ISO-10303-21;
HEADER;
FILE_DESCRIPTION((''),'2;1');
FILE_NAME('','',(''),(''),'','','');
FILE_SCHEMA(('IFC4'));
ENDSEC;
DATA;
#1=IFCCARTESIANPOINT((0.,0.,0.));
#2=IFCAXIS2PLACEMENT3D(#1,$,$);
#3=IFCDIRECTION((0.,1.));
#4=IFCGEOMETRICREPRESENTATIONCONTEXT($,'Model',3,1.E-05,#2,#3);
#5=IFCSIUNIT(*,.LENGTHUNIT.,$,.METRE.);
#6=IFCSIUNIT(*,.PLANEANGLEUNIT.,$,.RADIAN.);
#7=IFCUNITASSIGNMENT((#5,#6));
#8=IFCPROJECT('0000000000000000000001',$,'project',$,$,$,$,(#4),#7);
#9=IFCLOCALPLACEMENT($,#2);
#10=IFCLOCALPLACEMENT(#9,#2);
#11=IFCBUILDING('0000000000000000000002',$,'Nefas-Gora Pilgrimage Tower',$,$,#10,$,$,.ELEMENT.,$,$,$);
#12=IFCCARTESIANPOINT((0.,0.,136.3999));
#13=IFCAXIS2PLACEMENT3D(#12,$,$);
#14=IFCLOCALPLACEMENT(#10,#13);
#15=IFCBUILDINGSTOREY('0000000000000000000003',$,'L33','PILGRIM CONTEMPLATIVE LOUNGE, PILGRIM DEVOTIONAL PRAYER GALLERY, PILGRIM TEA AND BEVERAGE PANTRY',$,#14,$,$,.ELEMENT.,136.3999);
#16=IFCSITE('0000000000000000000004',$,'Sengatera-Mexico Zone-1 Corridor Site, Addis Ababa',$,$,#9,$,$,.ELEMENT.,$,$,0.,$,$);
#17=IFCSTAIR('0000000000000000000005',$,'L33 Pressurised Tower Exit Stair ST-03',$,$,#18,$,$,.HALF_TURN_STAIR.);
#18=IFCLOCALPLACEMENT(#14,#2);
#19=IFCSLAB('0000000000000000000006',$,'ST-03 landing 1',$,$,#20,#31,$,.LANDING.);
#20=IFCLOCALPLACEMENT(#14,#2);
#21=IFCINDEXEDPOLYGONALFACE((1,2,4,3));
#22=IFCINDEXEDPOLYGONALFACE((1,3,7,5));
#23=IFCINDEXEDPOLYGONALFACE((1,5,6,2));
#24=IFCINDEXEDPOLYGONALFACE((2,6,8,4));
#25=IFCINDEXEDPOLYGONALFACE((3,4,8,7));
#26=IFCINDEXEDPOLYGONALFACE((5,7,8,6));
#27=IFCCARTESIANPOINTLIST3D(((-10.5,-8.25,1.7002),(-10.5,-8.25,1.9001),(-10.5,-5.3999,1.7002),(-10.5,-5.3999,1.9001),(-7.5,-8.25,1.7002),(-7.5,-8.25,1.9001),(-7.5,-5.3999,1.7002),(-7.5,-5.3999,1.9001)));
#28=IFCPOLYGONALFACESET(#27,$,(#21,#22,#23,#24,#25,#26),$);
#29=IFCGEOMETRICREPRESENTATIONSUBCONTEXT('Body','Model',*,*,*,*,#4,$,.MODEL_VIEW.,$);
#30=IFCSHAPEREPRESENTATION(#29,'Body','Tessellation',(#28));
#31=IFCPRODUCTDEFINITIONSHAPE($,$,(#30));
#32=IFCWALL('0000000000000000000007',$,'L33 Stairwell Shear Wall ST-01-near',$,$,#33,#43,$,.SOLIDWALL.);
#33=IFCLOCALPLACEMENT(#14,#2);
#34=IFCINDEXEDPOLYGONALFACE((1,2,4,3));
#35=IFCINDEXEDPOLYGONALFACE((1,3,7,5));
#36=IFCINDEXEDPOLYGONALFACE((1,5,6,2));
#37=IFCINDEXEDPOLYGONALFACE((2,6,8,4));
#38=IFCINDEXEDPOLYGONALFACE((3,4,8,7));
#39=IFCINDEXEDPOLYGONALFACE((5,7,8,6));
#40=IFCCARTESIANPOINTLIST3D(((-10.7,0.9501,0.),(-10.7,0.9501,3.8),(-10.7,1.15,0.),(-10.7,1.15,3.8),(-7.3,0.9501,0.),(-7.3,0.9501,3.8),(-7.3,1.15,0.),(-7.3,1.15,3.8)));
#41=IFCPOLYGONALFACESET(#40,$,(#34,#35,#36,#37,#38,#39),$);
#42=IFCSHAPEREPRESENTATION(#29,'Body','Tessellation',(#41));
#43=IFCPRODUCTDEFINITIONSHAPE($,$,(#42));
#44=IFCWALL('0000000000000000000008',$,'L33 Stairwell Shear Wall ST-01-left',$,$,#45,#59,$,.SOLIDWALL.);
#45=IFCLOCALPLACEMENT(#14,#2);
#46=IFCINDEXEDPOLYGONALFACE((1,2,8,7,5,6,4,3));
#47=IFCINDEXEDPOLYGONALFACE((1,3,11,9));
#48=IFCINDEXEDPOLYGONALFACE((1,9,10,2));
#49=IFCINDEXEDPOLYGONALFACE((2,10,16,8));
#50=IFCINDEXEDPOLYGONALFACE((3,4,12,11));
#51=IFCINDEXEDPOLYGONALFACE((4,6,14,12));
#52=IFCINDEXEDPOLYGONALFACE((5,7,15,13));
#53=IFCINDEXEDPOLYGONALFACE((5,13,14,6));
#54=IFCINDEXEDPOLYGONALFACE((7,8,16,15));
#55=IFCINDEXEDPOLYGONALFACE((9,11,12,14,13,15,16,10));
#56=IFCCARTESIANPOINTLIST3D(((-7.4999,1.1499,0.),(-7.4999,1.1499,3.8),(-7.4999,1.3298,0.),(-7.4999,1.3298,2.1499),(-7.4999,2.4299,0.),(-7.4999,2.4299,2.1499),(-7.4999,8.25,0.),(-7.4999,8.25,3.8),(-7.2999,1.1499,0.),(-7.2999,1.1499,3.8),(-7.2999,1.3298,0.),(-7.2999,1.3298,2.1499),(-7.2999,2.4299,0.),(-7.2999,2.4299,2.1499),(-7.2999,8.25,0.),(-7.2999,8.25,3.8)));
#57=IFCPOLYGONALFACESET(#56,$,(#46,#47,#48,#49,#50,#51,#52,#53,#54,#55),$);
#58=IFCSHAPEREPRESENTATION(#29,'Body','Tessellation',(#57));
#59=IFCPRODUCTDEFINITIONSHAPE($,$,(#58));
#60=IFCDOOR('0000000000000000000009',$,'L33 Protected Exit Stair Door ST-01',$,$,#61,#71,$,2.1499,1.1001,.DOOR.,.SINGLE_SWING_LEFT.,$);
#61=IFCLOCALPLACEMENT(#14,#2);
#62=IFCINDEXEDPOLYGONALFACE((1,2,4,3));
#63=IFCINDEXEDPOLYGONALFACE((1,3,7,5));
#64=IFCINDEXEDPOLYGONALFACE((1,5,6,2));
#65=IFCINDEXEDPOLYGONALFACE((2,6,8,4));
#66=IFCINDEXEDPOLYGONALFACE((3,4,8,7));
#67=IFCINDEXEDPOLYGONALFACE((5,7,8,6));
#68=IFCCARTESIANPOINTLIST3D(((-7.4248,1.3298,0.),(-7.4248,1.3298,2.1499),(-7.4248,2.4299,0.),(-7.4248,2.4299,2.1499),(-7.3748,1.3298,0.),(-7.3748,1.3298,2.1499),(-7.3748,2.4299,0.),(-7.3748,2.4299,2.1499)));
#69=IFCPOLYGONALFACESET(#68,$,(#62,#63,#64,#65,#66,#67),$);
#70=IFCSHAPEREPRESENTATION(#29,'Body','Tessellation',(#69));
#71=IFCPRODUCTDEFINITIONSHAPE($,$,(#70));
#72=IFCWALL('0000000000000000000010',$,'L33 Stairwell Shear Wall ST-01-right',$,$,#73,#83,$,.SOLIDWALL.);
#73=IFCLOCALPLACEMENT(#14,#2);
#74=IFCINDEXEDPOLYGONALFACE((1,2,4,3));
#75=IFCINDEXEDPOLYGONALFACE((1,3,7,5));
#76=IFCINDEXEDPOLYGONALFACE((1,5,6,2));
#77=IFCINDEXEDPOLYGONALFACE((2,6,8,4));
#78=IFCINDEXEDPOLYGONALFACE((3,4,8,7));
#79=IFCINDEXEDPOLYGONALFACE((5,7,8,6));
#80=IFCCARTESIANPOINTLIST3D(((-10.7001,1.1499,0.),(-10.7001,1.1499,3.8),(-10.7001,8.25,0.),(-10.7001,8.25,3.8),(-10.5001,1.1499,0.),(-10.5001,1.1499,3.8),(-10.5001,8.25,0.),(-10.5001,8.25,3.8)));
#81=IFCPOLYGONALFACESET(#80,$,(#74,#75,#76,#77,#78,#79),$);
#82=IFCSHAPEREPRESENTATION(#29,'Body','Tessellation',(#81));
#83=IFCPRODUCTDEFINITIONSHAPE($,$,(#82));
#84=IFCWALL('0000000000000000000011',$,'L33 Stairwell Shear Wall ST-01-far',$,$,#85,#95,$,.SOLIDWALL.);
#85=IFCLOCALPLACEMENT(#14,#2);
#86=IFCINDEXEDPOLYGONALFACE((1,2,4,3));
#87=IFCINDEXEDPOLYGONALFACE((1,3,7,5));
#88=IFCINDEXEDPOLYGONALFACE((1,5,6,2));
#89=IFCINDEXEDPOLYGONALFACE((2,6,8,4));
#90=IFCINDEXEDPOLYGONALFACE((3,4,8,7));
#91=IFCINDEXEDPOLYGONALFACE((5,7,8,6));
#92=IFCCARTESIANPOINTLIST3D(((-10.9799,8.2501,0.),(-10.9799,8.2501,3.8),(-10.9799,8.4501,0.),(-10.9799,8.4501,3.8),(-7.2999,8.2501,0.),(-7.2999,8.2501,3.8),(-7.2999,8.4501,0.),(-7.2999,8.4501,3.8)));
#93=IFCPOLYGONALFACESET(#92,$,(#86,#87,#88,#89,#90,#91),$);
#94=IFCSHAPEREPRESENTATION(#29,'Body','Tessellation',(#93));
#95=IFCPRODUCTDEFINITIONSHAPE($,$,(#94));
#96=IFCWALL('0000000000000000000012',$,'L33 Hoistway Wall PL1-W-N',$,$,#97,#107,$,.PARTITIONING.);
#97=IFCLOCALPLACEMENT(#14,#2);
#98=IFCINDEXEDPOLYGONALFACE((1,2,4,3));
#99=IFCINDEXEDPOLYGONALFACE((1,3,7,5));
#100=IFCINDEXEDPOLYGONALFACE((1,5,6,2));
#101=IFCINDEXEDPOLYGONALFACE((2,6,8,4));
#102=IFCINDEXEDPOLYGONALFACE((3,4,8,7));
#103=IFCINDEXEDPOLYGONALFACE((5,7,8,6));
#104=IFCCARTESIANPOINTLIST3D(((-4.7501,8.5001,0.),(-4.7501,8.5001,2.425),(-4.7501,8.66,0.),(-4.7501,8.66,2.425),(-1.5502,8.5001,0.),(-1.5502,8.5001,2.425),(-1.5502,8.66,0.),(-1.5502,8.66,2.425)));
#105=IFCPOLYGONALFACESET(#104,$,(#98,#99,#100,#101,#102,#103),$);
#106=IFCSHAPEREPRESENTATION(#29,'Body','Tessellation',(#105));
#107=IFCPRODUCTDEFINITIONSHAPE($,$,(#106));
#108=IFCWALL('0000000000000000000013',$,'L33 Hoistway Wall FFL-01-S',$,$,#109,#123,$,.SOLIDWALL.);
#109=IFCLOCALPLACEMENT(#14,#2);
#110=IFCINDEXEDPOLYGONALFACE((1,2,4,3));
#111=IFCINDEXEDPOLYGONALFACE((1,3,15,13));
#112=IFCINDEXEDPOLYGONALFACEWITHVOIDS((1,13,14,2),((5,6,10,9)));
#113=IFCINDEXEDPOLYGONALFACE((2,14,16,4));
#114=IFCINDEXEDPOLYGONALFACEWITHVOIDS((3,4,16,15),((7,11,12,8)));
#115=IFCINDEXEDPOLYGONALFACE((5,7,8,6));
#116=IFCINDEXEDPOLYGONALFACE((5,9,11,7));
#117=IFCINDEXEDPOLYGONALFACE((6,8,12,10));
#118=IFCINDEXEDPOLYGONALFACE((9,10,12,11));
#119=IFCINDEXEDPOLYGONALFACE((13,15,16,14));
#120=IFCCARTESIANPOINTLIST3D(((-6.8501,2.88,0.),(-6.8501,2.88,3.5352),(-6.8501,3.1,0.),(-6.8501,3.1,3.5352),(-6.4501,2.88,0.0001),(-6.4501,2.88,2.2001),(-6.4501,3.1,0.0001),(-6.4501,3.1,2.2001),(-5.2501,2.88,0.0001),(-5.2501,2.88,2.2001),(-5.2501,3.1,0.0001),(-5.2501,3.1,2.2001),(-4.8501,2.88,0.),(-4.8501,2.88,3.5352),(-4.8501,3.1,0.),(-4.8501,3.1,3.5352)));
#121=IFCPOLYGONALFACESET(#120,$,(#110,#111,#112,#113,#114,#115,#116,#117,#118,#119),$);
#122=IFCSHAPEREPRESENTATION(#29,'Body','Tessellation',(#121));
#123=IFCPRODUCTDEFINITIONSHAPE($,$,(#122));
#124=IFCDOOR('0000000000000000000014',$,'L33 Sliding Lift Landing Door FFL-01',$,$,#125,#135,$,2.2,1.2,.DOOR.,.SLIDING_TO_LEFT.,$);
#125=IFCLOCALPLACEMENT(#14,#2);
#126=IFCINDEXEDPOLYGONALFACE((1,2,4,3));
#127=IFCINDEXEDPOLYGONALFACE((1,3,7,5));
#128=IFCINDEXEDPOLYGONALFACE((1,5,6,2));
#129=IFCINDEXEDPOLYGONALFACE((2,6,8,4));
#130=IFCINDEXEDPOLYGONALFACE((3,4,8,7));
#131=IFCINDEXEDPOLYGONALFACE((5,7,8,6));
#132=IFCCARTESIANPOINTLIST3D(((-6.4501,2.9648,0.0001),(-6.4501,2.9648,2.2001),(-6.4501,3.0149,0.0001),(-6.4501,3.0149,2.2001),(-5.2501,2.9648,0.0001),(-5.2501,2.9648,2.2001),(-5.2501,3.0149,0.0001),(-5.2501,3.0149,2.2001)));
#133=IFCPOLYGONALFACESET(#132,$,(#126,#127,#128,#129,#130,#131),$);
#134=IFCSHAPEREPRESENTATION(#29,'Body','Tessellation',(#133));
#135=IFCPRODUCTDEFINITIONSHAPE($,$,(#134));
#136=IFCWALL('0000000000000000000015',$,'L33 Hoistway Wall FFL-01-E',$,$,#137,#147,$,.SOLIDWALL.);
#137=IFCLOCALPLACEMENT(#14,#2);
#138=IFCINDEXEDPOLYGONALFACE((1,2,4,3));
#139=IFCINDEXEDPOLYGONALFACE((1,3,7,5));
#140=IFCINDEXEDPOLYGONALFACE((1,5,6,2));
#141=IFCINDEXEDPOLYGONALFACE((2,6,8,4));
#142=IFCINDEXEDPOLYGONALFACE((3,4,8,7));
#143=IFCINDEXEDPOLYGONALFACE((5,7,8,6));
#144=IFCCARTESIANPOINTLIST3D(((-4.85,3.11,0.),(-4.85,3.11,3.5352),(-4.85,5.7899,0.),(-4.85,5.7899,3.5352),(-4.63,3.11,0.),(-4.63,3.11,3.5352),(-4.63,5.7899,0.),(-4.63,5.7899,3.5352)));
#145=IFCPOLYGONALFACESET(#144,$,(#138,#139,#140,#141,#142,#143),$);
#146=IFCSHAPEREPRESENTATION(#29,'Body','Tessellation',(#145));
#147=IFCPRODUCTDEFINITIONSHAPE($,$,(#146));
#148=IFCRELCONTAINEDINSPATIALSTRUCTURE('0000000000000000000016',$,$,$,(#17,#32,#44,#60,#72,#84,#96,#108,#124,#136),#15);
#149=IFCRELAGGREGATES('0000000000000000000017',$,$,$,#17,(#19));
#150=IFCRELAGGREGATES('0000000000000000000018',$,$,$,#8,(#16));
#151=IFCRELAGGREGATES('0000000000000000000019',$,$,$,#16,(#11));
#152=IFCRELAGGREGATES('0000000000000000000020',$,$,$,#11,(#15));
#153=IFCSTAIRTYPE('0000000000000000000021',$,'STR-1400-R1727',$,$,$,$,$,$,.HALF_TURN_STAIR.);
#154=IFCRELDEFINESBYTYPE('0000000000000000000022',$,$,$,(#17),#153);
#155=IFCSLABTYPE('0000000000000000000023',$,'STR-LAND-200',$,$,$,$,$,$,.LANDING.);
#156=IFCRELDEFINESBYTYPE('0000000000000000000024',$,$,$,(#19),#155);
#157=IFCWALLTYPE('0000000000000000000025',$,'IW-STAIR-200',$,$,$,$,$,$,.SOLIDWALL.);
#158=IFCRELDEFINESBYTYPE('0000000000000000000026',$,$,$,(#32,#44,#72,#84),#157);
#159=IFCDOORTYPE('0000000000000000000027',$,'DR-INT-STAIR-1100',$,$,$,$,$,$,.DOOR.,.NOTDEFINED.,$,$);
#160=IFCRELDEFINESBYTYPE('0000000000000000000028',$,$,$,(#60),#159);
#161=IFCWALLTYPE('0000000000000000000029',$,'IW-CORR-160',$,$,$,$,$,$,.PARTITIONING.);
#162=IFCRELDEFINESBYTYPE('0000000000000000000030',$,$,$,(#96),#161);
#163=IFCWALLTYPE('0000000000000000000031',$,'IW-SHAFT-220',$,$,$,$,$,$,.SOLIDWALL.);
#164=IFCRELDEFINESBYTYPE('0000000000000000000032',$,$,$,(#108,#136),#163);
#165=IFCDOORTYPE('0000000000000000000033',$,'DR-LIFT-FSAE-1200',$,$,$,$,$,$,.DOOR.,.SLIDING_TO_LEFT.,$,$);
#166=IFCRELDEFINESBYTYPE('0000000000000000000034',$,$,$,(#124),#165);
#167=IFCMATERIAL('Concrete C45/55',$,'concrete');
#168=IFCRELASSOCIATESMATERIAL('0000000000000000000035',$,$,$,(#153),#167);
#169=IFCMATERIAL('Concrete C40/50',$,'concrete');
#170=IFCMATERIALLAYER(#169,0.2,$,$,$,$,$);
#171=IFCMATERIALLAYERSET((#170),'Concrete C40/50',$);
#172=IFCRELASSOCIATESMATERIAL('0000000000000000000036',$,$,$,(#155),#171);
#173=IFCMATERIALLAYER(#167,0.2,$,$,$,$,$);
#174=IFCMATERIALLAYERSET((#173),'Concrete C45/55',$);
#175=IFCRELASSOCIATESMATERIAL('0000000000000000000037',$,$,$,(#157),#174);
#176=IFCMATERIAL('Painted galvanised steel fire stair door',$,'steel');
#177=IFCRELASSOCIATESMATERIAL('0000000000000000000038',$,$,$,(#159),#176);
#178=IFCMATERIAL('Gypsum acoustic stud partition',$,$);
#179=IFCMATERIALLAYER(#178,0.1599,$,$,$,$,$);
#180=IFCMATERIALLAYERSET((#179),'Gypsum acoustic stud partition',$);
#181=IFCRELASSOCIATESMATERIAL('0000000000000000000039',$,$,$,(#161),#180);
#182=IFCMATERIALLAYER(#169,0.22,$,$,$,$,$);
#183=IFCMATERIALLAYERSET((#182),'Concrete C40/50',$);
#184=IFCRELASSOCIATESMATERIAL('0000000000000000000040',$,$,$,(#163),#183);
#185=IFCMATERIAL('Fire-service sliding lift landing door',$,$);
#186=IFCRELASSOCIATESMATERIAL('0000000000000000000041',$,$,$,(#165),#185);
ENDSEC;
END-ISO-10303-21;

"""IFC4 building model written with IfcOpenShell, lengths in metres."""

from ifc_helpers import new_model, si_unit, direction, frame, frame_2d, origin, place, context, subcontext, project, spatial, polyline, rectangle, outline, extrude, source, transform, mapped, material, layer, layer_set, type_object, element, fill, aggregate, save


model = new_model("IFC4")

# Units and contexts
model_context = context("Model", 3, precision=1e-05, world=origin(), true_north=direction((0.0, 1.0)))
body_context = subcontext(model_context, "Body", "Model", "MODEL_VIEW")
ifc_project = project(units=[si_unit("LENGTHUNIT", "METRE"), si_unit("PLANEANGLEUNIT", "RADIAN")], contexts=[model_context])

# Site, building, storey
site_placement = place(None, origin())
site = spatial("IfcSite", under=ifc_project, at=site_placement, Name="Sengatera-Mexico Zone-1 Corridor Site, Addis Ababa", CompositionType="ELEMENT", RefElevation=0.0)
building_placement = place(site_placement, origin())
building = spatial("IfcBuilding", under=site, at=building_placement, Name="Nefas-Gora Pilgrimage Tower", CompositionType="ELEMENT")
storey_placement = place(building_placement, frame((0.0, 0.0, 136.3999)))
storey = spatial("IfcBuildingStorey", under=building, at=storey_placement, Name="L33", Description="PILGRIM CONTEMPLATIVE LOUNGE, PILGRIM DEVOTIONAL PRAYER GALLERY, PILGRIM TEA AND BEVERAGE PANTRY", CompositionType="ELEMENT", Elevation=136.3999)

# Shared definitions
ifc_material_1 = material(Name="Concrete C40/50", Category="concrete")

# Stair, slab
ifc_material_2 = material(Name="Concrete C45/55", Category="concrete")
stair_type = type_object("IfcStairType", Name="STR-1400-R1727", PredefinedType="HALF_TURN_STAIR", material=ifc_material_2)
ifc_layer_1 = layer(ifc_material_1, 0.2)
ifc_layer_set_1 = layer_set([ifc_layer_1], Name="Concrete C40/50")
slab_type_1 = type_object("IfcSlabType", Name="STR-LAND-200", PredefinedType="LANDING", material=ifc_layer_set_1)
stair_1_placement = place(storey_placement, origin())
stair_1 = element("IfcStair", 1, at=stair_1_placement, inside=storey, type_object=stair_type, Name="L33 Pressurised Tower Exit Stair ST-03", PredefinedType="HALF_TURN_STAIR")
slab_1_placement = place(storey_placement, frame((0.0, 0.0, 1.7002)))
slab_1 = element("IfcSlab", 2, at=slab_1_placement, type_object=slab_type_1, Name="ST-03 landing 1", PredefinedType="LANDING", context=body_context, shape_type="SweptSolid", body=[
    extrude(outline(polyline([(-10.5, -5.3999), (-10.5, -8.25), (-7.5, -8.25), (-7.5, -5.3999), (-10.5, -5.3999)])), origin(), (0.0, 0.0, 1.0), 0.2),
])
aggregate(stair_1, [slab_1])

# Wall
ifc_layer_2 = layer(ifc_material_2, 0.2)
ifc_layer_set_2 = layer_set([ifc_layer_2], Name="Concrete C45/55")
wall_type_1 = type_object("IfcWallType", Name="IW-STAIR-200", PredefinedType="SOLIDWALL", material=ifc_layer_set_2)
shared_shape_1 = source(origin(), body_context, "Body", "SweptSolid", [
    extrude(rectangle(XDim=3.3999, YDim=0.2, at=frame_2d((1.7, 0.0))), origin(), (0.0, 0.0, 1.0), 3.8),
])
wall_1_placement = place(storey_placement, frame((-7.3, 1.05, 0.0), z_axis=(0.0, 0.0, 1.0), x_axis=(-1.0, 0.0, 0.0)))
element("IfcWall", 3, at=wall_1_placement, inside=storey, type_object=wall_type_1, Name="L33 Stairwell Shear Wall ST-01-near", PredefinedType="SOLIDWALL", context=body_context, shape_type="MappedRepresentation", body=[
    mapped(shared_shape_1, transform((0.0, 0.0, 0.0), x_axis=(1.0, 0.0, 0.0), y_axis=(0.0, 1.0, 0.0), z_axis=(0.0, 0.0, 1.0), scale=1.0)),
])

# Wall, opening, door
shared_shape_2 = source(origin(), body_context, "Body", "SweptSolid", [
    extrude(rectangle(XDim=7.1001, YDim=0.2, at=frame_2d((3.55, 0.0))), origin(), (0.0, 0.0, 1.0), 3.8),
])
wall_2_placement = place(storey_placement, frame((-7.3999, 1.1499, 0.0), z_axis=(0.0, 0.0, 1.0), x_axis=(0.0, 1.0, 0.0)))
wall_2 = element("IfcWall", 4, at=wall_2_placement, inside=storey, type_object=wall_type_1, Name="L33 Stairwell Shear Wall ST-01-left", PredefinedType="SOLIDWALL", context=body_context, shape_type="MappedRepresentation", body=[
    mapped(shared_shape_2, transform((0.0, 0.0, 0.0), x_axis=(1.0, 0.0, 0.0), y_axis=(0.0, 1.0, 0.0), z_axis=(0.0, 0.0, 1.0), scale=1.0)),
])
opening_1_placement = place(wall_2_placement, frame((0.1799, 0.0, 0.0)))
opening_1 = element("IfcOpeningElement", 5, at=opening_1_placement, cuts=wall_2, PredefinedType="OPENING", context=body_context, shape_type="SweptSolid", body=[
    extrude(rectangle(XDim=1.1001, YDim=2.1499, at=frame_2d((0.55, 1.075))), frame((0.0, 0.1099, 0.0), z_axis=(0.0, -1.0, 0.0), x_axis=(1.0, 0.0, 0.0)), (0.0, 0.0, 1.0), 0.22),
])
ifc_material_3 = material(Name="Painted galvanised steel fire stair door", Category="steel")
door_type_1 = type_object("IfcDoorType", Name="DR-INT-STAIR-1100", OperationType="NOTDEFINED", PredefinedType="DOOR", material=ifc_material_3)
shared_shape_3 = source(origin(), body_context, "Body", "SweptSolid", [
    extrude(rectangle(XDim=1.1001, YDim=2.1499, at=frame_2d((0.55, 1.075))), frame((0.0, 0.0249, 0.0), z_axis=(0.0, -1.0, 0.0), x_axis=(1.0, 0.0, 0.0)), (0.0, 0.0, 1.0), 0.05),
])
door_1_placement = place(opening_1_placement, origin())
door_1 = element("IfcDoor", 6, at=door_1_placement, inside=storey, type_object=door_type_1, Name="L33 Protected Exit Stair Door ST-01", OperationType="SINGLE_SWING_LEFT", OverallHeight=2.1499, OverallWidth=1.1001, PredefinedType="DOOR", context=body_context, shape_type="MappedRepresentation", body=[
    mapped(shared_shape_3, transform((0.0, 0.0, 0.0), x_axis=(1.0, 0.0, 0.0), y_axis=(0.0, 1.0, 0.0), z_axis=(0.0, 0.0, 1.0), scale=1.0)),
])
fill(opening_1, door_1)

# Walls
wall_3_placement = place(storey_placement, frame((-10.6001, 1.1499, 0.0), z_axis=(0.0, 0.0, 1.0), x_axis=(0.0, 1.0, 0.0)))
element("IfcWall", 7, at=wall_3_placement, inside=storey, type_object=wall_type_1, Name="L33 Stairwell Shear Wall ST-01-right", PredefinedType="SOLIDWALL", context=body_context, shape_type="MappedRepresentation", body=[
    mapped(shared_shape_2, transform((0.0, 0.0, 0.0), x_axis=(1.0, 0.0, 0.0), y_axis=(0.0, 1.0, 0.0), z_axis=(0.0, 0.0, 1.0), scale=1.0)),
])
shared_shape_4 = source(origin(), body_context, "Body", "SweptSolid", [
    extrude(rectangle(XDim=3.6799, YDim=0.2, at=frame_2d((1.8398, 0.0))), origin(), (0.0, 0.0, 1.0), 3.8),
])
wall_4_placement = place(storey_placement, frame((-7.3, 8.3501, 0.0), z_axis=(0.0, 0.0, 1.0), x_axis=(-1.0, 0.0, 0.0)))
element("IfcWall", 8, at=wall_4_placement, inside=storey, type_object=wall_type_1, Name="L33 Stairwell Shear Wall ST-01-far", PredefinedType="SOLIDWALL", context=body_context, shape_type="MappedRepresentation", body=[
    mapped(shared_shape_4, transform((0.0, 0.0, 0.0), x_axis=(1.0, 0.0, 0.0), y_axis=(0.0, 1.0, 0.0), z_axis=(0.0, 0.0, 1.0), scale=1.0)),
])
ifc_material_4 = material(Name="Gypsum acoustic stud partition")
ifc_layer_3 = layer(ifc_material_4, 0.1599)
ifc_layer_set_3 = layer_set([ifc_layer_3], Name="Gypsum acoustic stud partition")
wall_type_2 = type_object("IfcWallType", Name="IW-CORR-160", PredefinedType="PARTITIONING", material=ifc_layer_set_3)
shared_shape_5 = source(origin(), body_context, "Body", "SweptSolid", [
    extrude(rectangle(XDim=3.2, YDim=0.1599, at=frame_2d((1.6001, 0.0))), origin(), (0.0, 0.0, 1.0), 2.425),
])
wall_5_placement = place(storey_placement, frame((-1.55, 8.5801, 0.0), z_axis=(0.0, 0.0, 1.0), x_axis=(-1.0, 0.0, 0.0)))
element("IfcWall", 9, at=wall_5_placement, inside=storey, type_object=wall_type_2, Name="L33 Hoistway Wall PL1-W-N", PredefinedType="PARTITIONING", context=body_context, shape_type="MappedRepresentation", body=[
    mapped(shared_shape_5, transform((0.0, 0.0, 0.0), x_axis=(1.0, 0.0, 0.0), y_axis=(0.0, 1.0, 0.0), z_axis=(0.0, 0.0, 1.0), scale=1.0)),
])

# Wall, opening, door
ifc_layer_4 = layer(ifc_material_1, 0.22)
ifc_layer_set_4 = layer_set([ifc_layer_4], Name="Concrete C40/50")
wall_type_3 = type_object("IfcWallType", Name="IW-SHAFT-220", PredefinedType="SOLIDWALL", material=ifc_layer_set_4)
shared_shape_6 = source(origin(), body_context, "Body", "SweptSolid", [
    extrude(rectangle(XDim=2.0, YDim=0.22, at=frame_2d((1.0, 0.0))), origin(), (0.0, 0.0, 1.0), 3.5352),
])
wall_6_placement = place(storey_placement, frame((-6.8501, 2.99, 0.0), z_axis=(0.0, 0.0, 1.0), x_axis=(1.0, 0.0, 0.0)))
wall_6 = element("IfcWall", 10, at=wall_6_placement, inside=storey, type_object=wall_type_3, Name="L33 Hoistway Wall FFL-01-S", PredefinedType="SOLIDWALL", context=body_context, shape_type="MappedRepresentation", body=[
    mapped(shared_shape_6, transform((0.0, 0.0, 0.0), x_axis=(1.0, 0.0, 0.0), y_axis=(0.0, 1.0, 0.0), z_axis=(0.0, 0.0, 1.0), scale=1.0)),
])
opening_2_placement = place(wall_6_placement, frame((0.3999, 0.0, 0.0)))
opening_2 = element("IfcOpeningElement", 11, at=opening_2_placement, cuts=wall_6, PredefinedType="OPENING", context=body_context, shape_type="SweptSolid", body=[
    extrude(rectangle(XDim=1.2, YDim=2.2, at=frame_2d((0.6001, 1.1001))), frame((0.0, 0.1199, 0.0), z_axis=(0.0, -1.0, 0.0), x_axis=(1.0, 0.0, 0.0)), (0.0, 0.0, 1.0), 0.24),
])
ifc_material_5 = material(Name="Fire-service sliding lift landing door")
door_type_2 = type_object("IfcDoorType", Name="DR-LIFT-FSAE-1200", OperationType="SLIDING_TO_LEFT", PredefinedType="DOOR", material=ifc_material_5)
shared_shape_7 = source(origin(), body_context, "Body", "SweptSolid", [
    extrude(rectangle(XDim=1.2, YDim=2.2, at=frame_2d((0.6001, 1.1001))), frame((0.0, 0.0249, 0.0), z_axis=(0.0, -1.0, 0.0), x_axis=(1.0, 0.0, 0.0)), (0.0, 0.0, 1.0), 0.05),
])
door_2_placement = place(opening_2_placement, origin())
door_2 = element("IfcDoor", 12, at=door_2_placement, inside=storey, type_object=door_type_2, Name="L33 Sliding Lift Landing Door FFL-01", OperationType="SLIDING_TO_LEFT", OverallHeight=2.2, OverallWidth=1.2, PredefinedType="DOOR", context=body_context, shape_type="MappedRepresentation", body=[
    mapped(shared_shape_7, transform((0.0, 0.0, 0.0), x_axis=(1.0, 0.0, 0.0), y_axis=(0.0, 1.0, 0.0), z_axis=(0.0, 0.0, 1.0), scale=1.0)),
])
fill(opening_2, door_2)

# Wall
shared_shape_8 = source(origin(), body_context, "Body", "SweptSolid", [
    extrude(rectangle(XDim=2.6799, YDim=0.22, at=frame_2d((1.3398, 0.0))), origin(), (0.0, 0.0, 1.0), 3.5352),
])
wall_7_placement = place(storey_placement, frame((-4.74, 3.1101, 0.0), z_axis=(0.0, 0.0, 1.0), x_axis=(0.0, 1.0, 0.0)))
element("IfcWall", 13, at=wall_7_placement, inside=storey, type_object=wall_type_3, Name="L33 Hoistway Wall FFL-01-E", PredefinedType="SOLIDWALL", context=body_context, shape_type="MappedRepresentation", body=[
    mapped(shared_shape_8, transform((0.0, 0.0, 0.0), x_axis=(1.0, 0.0, 0.0), y_axis=(0.0, 1.0, 0.0), z_axis=(0.0, 0.0, 1.0), scale=1.0)),
])

save(model, "model.ifc")
